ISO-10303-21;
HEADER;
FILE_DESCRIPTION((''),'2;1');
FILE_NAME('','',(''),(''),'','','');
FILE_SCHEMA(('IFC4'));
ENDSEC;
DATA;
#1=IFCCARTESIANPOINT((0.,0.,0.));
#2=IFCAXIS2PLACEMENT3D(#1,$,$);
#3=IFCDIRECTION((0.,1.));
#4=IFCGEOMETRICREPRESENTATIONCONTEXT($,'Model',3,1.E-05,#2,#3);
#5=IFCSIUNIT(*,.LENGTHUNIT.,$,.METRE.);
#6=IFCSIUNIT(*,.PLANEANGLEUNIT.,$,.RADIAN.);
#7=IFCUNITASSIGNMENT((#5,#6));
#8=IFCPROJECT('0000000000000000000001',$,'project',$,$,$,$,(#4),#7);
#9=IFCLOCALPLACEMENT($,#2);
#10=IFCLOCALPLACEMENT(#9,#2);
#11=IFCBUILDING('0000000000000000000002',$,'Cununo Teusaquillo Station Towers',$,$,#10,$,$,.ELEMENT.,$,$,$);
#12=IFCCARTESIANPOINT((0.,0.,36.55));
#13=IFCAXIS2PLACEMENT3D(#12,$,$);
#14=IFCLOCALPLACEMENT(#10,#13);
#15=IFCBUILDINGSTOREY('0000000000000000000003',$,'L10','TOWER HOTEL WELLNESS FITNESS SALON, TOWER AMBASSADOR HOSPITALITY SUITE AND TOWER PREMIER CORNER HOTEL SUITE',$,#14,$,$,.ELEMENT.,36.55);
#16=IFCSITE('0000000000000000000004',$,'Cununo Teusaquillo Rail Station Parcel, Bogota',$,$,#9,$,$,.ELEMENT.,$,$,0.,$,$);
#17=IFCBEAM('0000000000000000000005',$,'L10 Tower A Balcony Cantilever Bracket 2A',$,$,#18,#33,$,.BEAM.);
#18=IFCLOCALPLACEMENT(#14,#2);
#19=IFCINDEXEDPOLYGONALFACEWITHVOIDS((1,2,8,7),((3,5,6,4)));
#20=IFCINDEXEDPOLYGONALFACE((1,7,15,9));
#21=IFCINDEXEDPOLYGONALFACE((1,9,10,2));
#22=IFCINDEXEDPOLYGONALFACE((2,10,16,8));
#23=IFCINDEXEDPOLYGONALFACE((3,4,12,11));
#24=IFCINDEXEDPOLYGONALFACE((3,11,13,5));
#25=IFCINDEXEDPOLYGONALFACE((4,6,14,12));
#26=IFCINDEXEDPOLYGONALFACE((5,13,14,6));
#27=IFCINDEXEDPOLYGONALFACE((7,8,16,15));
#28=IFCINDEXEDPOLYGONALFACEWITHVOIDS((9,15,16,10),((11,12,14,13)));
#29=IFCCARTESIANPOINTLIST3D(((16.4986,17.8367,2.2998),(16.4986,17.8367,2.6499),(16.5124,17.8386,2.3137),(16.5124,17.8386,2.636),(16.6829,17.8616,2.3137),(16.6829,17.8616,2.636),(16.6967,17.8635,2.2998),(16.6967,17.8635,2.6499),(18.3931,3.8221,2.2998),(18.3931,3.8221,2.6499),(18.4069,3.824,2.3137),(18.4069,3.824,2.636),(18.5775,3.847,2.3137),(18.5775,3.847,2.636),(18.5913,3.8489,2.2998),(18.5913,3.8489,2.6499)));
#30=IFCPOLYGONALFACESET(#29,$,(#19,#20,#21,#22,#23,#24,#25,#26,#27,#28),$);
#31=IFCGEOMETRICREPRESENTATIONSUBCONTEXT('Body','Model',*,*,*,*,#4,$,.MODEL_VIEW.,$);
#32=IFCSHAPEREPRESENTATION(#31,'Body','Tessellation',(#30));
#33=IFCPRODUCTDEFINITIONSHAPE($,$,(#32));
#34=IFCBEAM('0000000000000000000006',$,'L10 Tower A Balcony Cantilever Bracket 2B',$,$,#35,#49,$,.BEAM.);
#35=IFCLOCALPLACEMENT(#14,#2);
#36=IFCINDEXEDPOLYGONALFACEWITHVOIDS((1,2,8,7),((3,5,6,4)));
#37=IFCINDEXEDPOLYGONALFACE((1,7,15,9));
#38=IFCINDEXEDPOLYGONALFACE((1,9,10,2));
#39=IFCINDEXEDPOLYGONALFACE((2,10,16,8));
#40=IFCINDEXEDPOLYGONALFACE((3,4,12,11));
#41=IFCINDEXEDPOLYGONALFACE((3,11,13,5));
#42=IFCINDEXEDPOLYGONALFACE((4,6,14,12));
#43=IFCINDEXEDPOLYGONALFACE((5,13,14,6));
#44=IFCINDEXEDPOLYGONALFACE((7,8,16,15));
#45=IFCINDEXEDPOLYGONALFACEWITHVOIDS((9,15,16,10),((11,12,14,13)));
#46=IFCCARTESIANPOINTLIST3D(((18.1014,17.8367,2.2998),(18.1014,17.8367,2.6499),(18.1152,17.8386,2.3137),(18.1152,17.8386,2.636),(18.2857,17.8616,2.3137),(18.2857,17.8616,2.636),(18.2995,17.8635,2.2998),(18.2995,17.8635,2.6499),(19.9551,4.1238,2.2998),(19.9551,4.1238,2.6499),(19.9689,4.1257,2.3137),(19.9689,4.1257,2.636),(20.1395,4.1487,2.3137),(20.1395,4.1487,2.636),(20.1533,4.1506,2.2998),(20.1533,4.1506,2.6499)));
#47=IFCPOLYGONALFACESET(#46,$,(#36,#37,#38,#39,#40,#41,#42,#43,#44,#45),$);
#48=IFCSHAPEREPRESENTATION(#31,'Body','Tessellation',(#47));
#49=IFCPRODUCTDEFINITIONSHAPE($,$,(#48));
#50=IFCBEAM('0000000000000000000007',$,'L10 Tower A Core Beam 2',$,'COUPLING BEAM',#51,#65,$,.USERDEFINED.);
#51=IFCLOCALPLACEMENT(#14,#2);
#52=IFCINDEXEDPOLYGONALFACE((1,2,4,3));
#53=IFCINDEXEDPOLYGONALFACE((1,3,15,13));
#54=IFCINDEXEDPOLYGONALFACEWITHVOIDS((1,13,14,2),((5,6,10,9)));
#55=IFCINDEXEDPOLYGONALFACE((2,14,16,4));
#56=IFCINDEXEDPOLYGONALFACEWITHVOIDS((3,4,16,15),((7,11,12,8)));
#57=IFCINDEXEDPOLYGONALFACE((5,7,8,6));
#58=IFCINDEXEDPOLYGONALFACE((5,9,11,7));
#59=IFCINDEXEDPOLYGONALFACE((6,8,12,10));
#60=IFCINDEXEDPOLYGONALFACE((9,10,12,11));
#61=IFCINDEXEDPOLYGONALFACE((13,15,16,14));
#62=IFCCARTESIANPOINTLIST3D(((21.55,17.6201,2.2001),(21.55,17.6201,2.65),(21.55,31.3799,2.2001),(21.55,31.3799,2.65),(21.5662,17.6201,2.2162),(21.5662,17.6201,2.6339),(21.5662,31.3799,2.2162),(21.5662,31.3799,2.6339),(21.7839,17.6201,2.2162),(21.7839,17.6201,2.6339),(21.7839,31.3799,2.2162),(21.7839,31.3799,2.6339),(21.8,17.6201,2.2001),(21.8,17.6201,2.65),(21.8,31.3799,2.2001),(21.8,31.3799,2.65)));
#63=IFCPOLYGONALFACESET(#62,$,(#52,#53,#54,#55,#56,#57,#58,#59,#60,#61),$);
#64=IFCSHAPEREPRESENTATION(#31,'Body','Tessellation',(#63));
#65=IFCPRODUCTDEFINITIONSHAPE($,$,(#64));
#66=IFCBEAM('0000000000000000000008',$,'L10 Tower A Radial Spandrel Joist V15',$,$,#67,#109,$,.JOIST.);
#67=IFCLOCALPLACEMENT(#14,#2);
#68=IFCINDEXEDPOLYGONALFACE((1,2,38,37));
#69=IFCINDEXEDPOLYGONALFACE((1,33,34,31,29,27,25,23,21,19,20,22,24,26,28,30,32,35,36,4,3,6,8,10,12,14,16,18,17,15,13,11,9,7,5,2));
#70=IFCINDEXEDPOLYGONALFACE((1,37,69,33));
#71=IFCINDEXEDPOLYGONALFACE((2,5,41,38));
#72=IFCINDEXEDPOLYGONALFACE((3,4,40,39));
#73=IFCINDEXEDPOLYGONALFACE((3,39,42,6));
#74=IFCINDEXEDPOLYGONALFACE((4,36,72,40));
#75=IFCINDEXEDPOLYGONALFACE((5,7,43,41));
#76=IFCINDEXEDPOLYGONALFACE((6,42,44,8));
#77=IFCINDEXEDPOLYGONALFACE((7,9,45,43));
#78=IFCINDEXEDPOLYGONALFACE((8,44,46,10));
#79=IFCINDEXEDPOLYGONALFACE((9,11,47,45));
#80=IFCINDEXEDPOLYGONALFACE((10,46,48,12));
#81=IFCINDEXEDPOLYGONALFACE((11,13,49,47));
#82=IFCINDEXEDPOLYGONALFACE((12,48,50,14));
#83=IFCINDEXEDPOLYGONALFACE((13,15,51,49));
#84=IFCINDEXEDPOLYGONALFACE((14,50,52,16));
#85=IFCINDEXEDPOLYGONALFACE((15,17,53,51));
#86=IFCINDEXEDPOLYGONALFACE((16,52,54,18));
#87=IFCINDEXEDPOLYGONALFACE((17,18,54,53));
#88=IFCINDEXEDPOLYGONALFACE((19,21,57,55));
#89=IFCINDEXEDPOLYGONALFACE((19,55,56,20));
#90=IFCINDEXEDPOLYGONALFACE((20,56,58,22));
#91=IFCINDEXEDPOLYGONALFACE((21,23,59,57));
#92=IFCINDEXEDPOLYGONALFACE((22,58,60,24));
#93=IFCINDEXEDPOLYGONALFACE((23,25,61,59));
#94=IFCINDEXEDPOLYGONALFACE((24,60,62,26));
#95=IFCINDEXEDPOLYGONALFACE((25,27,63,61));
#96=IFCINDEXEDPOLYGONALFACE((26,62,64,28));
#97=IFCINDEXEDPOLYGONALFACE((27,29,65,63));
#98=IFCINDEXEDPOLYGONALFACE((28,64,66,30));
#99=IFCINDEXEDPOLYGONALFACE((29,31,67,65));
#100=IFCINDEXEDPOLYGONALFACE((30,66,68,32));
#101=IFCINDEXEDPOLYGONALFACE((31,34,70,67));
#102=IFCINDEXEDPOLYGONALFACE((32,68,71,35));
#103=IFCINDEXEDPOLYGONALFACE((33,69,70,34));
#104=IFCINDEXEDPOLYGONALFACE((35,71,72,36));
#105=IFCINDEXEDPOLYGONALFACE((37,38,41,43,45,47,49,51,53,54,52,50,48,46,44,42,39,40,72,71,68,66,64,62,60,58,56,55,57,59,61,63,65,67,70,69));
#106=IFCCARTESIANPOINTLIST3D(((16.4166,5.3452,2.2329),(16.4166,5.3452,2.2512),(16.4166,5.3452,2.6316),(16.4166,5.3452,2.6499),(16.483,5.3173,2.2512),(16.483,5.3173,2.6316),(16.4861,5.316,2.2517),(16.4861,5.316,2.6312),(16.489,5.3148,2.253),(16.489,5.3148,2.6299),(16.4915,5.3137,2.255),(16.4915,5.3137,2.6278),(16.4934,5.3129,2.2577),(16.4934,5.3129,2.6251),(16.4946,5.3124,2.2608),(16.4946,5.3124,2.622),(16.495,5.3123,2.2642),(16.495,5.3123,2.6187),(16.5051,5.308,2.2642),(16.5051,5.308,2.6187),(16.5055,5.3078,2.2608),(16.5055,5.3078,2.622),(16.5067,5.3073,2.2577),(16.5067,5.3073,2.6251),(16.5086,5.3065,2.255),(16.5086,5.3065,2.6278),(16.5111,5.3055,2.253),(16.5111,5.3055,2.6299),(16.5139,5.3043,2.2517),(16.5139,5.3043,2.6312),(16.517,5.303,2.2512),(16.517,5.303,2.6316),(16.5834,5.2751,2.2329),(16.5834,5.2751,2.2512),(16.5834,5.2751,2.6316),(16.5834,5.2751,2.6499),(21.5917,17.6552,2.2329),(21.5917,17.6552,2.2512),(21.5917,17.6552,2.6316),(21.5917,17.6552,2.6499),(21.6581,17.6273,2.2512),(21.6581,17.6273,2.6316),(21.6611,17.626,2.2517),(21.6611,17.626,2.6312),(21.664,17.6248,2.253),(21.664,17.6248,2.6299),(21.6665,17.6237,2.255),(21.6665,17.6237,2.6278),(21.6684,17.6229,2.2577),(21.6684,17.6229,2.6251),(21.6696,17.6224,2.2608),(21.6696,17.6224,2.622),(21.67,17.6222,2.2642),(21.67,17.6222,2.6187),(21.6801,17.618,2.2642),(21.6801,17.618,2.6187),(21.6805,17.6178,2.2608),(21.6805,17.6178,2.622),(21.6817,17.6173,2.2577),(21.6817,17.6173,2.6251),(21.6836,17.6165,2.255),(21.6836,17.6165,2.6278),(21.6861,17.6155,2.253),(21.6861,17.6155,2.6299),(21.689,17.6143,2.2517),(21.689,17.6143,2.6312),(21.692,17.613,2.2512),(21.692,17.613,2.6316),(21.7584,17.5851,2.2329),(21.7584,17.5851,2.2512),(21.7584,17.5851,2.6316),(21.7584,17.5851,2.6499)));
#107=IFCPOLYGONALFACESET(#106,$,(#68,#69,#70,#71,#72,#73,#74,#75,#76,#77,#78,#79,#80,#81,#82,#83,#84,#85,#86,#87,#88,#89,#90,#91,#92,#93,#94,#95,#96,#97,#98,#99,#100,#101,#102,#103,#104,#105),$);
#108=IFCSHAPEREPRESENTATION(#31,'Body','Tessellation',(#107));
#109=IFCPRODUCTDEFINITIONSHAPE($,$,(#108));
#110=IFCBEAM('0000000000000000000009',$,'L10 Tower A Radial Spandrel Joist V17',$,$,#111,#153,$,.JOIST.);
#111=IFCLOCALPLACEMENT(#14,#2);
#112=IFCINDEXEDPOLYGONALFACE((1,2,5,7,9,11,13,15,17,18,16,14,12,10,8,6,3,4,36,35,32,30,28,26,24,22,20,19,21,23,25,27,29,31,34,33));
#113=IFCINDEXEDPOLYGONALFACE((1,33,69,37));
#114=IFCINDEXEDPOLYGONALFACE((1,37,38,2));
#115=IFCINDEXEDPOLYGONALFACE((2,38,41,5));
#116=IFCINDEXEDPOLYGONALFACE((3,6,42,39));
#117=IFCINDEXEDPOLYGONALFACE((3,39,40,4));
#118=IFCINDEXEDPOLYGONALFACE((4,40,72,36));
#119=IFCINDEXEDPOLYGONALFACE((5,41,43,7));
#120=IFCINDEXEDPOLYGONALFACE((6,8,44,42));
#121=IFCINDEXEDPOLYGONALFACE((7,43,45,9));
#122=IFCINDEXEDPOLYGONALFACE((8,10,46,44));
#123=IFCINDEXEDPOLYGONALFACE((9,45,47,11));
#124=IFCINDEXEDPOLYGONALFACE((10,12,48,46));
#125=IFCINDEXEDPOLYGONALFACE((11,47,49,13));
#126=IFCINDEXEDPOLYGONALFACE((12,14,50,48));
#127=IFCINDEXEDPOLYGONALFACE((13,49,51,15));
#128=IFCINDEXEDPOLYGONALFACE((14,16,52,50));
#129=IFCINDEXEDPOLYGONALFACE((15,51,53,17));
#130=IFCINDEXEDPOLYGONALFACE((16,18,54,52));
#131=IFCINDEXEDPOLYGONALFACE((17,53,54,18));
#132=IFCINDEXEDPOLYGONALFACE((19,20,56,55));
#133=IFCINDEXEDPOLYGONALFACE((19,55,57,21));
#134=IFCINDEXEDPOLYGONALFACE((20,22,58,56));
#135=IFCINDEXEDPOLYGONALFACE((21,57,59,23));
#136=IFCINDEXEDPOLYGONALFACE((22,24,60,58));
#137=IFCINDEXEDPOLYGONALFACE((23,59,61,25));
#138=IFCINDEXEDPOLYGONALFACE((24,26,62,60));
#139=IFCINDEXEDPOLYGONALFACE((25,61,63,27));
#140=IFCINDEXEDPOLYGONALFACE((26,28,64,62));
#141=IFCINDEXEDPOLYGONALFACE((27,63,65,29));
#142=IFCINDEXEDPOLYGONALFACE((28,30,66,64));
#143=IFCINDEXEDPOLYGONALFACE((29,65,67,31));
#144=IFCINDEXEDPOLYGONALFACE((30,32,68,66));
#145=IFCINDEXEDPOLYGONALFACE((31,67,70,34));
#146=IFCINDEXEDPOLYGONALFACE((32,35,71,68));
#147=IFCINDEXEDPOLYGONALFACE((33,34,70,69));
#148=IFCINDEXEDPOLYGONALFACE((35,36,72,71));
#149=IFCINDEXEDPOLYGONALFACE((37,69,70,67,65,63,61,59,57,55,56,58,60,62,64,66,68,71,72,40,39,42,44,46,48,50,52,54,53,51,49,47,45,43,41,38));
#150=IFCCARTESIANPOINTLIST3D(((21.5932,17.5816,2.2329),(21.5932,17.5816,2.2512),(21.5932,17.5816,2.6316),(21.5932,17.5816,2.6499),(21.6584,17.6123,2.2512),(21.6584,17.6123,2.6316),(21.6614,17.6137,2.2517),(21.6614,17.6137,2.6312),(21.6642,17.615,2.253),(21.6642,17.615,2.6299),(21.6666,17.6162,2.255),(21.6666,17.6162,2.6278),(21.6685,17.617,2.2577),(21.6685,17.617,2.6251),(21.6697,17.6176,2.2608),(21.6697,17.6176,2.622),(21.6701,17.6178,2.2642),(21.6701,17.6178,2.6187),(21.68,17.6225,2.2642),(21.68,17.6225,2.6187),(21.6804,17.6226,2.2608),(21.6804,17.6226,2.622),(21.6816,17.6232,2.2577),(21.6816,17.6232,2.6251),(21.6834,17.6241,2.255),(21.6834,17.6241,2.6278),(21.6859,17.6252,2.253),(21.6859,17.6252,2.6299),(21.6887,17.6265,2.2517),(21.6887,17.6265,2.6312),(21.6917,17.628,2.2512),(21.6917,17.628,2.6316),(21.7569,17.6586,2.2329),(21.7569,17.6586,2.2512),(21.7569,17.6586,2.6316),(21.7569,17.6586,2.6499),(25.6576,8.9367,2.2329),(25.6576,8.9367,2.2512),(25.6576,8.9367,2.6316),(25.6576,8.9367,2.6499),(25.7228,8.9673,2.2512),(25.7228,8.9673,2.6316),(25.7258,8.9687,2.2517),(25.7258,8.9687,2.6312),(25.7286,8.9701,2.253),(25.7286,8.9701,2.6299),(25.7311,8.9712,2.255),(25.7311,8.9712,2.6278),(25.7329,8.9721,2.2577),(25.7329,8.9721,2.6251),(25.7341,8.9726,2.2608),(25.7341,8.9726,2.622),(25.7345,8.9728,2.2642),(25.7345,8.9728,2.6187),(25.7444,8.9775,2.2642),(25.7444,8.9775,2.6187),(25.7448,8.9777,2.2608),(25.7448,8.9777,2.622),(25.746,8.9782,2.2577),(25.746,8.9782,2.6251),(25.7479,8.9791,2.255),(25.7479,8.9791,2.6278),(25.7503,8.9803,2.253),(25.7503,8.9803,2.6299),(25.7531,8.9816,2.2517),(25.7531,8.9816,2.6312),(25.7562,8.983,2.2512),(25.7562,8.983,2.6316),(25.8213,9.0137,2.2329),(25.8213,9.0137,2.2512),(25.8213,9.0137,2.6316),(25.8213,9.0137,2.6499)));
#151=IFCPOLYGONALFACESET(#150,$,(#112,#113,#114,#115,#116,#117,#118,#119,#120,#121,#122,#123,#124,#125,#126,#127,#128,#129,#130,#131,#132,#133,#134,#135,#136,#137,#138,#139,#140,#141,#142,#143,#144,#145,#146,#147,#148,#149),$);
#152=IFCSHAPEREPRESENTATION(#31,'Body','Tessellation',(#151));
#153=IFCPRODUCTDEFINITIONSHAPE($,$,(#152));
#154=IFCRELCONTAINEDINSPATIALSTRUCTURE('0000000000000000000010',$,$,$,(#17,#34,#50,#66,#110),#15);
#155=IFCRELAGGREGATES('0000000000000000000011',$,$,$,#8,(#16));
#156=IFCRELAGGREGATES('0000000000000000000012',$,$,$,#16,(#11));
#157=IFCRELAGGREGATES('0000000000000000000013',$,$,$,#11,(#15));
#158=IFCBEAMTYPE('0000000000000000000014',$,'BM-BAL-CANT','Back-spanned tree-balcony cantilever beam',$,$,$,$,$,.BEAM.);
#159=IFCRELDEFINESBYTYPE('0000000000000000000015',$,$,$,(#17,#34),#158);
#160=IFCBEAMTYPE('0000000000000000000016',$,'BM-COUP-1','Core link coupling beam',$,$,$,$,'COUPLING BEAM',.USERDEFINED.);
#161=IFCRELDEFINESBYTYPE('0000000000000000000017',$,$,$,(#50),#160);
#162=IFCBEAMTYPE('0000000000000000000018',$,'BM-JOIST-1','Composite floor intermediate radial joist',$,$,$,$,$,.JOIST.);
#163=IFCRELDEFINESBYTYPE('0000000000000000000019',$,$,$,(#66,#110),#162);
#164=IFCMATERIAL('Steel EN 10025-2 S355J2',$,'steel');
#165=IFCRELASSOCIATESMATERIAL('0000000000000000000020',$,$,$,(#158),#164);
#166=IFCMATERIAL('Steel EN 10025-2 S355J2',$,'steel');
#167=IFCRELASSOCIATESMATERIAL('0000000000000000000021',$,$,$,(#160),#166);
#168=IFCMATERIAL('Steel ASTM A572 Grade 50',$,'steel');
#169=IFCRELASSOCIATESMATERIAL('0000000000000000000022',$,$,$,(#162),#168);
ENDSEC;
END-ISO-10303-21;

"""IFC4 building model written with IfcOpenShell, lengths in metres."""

from ifc_helpers import new_model, si_unit, direction, frame, origin, origin_2d, place, context, subcontext, project, spatial, hollow_rectangle, i_section, extrude, material, material_profile, profile_set, type_object, element, save


model = new_model("IFC4")

# Units and contexts
model_context = context("Model", 3, precision=1e-05, world=origin(), true_north=direction((0.0, 1.0)))
body_context = subcontext(model_context, "Body", "Model", "MODEL_VIEW")
ifc_project = project(units=[si_unit("LENGTHUNIT", "METRE"), si_unit("PLANEANGLEUNIT", "RADIAN")], contexts=[model_context])

# Site, building, storey
site_placement = place(None, origin())
site = spatial("IfcSite", under=ifc_project, at=site_placement, Name="Cununo Teusaquillo Rail Station Parcel, Bogota", CompositionType="ELEMENT", RefElevation=0.0)
building_placement = place(site_placement, origin())
building = spatial("IfcBuilding", under=site, at=building_placement, Name="Cununo Teusaquillo Station Towers", CompositionType="ELEMENT")
storey_placement = place(building_placement, frame((0.0, 0.0, 36.55)))
storey = spatial("IfcBuildingStorey", under=building, at=storey_placement, Name="L10", Description="TOWER HOTEL WELLNESS FITNESS SALON, TOWER AMBASSADOR HOSPITALITY SUITE AND TOWER PREMIER CORNER HOTEL SUITE", CompositionType="ELEMENT", Elevation=36.55)

# Beams
ifc_material_1 = material(Name="Steel EN 10025-2 S355J2", Category="steel")
ifc_material_profile_1 = material_profile(ifc_material_1, hollow_rectangle(XDim=0.2, YDim=0.3501, WallThickness=0.0139, at=origin_2d()), Name="RHS 350x200x14")
ifc_profile_set_1 = profile_set([ifc_material_profile_1], Name="Steel EN 10025-2 S355J2")
beam_type_1 = type_object("IfcBeamType", Name="BM-BAL-CANT", Description="Back-spanned tree-balcony cantilever beam", PredefinedType="BEAM", material=ifc_profile_set_1)
beam_1_placement = place(storey_placement, frame((16.5977, 17.8501, 2.4749), z_axis=(0.133964, -0.990986, 0.0), x_axis=(0.990986, 0.133964, 0.0)))
element("IfcBeam", 1, at=beam_1_placement, inside=storey, type_object=beam_type_1, Name="L10 Tower A Balcony Cantilever Bracket 2A", PredefinedType="BEAM", context=body_context, shape_type="SweptSolid", body=[
    extrude(hollow_rectangle(XDim=0.2, YDim=0.3501, WallThickness=0.0139, at=origin_2d()), origin(), (0.0, 0.0, 1.0), 14.1421),
])
beam_2_placement = place(storey_placement, frame((18.2004, 17.8501, 2.4749), z_axis=(0.133965, -0.990986, 0.0), x_axis=(0.990986, 0.133965, 0.0)))
element("IfcBeam", 2, at=beam_2_placement, inside=storey, type_object=beam_type_1, Name="L10 Tower A Balcony Cantilever Bracket 2B", PredefinedType="BEAM", context=body_context, shape_type="SweptSolid", body=[
    extrude(hollow_rectangle(XDim=0.2, YDim=0.3501, WallThickness=0.0139, at=origin_2d()), origin(), (0.0, 0.0, 1.0), 13.8376),
])
ifc_material_2 = material(Name="Steel EN 10025-2 S355J2", Category="steel")
ifc_material_profile_2 = material_profile(ifc_material_2, hollow_rectangle(XDim=0.25, YDim=0.45, WallThickness=0.0161, at=origin_2d()), Name="RHS 450x250x16")
ifc_profile_set_2 = profile_set([ifc_material_profile_2], Name="Steel EN 10025-2 S355J2")
beam_type_2 = type_object("IfcBeamType", Name="BM-COUP-1", Description="Core link coupling beam", ElementType="COUPLING BEAM", PredefinedType="USERDEFINED", material=ifc_profile_set_2)
beam_3_placement = place(storey_placement, frame((21.675, 17.6201, 2.425), z_axis=(0.0, 1.0, 0.0), x_axis=(-1.0, 0.0, 0.0)))
element("IfcBeam", 3, at=beam_3_placement, inside=storey, type_object=beam_type_2, Name="L10 Tower A Core Beam 2", ObjectType="COUPLING BEAM", PredefinedType="USERDEFINED", context=body_context, shape_type="SweptSolid", body=[
    extrude(hollow_rectangle(XDim=0.25, YDim=0.45, WallThickness=0.0161, at=origin_2d()), origin(), (0.0, 0.0, 1.0), 13.7598),
])
ifc_material_3 = material(Name="Steel ASTM A572 Grade 50", Category="steel")
ifc_material_profile_3 = material_profile(ifc_material_3, i_section(OverallWidth=0.1809, OverallDepth=0.417, WebThickness=0.011, FlangeThickness=0.0183, FilletRadius=0.0129, at=origin_2d()), Name="W16X57")
ifc_profile_set_3 = profile_set([ifc_material_profile_3], Name="Steel ASTM A572 Grade 50")
beam_type_3 = type_object("IfcBeamType", Name="BM-JOIST-1", Description="Composite floor intermediate radial joist", PredefinedType="JOIST", material=ifc_profile_set_3)
beam_4_placement = place(storey_placement, frame((21.675, 17.6201, 2.4414), z_axis=(-0.38754, -0.921853, 0.0), x_axis=(0.921853, -0.38754, 0.0)))
element("IfcBeam", 4, at=beam_4_placement, inside=storey, type_object=beam_type_3, Name="L10 Tower A Radial Spandrel Joist V15", PredefinedType="JOIST", context=body_context, shape_type="SweptSolid", body=[
    extrude(i_section(OverallWidth=0.1809, OverallDepth=0.417, WebThickness=0.011, FlangeThickness=0.0183, FilletRadius=0.0129, at=origin_2d()), origin(), (0.0, 0.0, 1.0), 13.3535),
])
beam_5_placement = place(storey_placement, frame((21.675, 17.6201, 2.4414), z_axis=(0.425472, -0.904972, 0.0), x_axis=(0.904972, 0.425472, 0.0)))
element("IfcBeam", 5, at=beam_5_placement, inside=storey, type_object=beam_type_3, Name="L10 Tower A Radial Spandrel Joist V17", PredefinedType="JOIST", context=body_context, shape_type="SweptSolid", body=[
    extrude(i_section(OverallWidth=0.1809, OverallDepth=0.417, WebThickness=0.011, FlangeThickness=0.0183, FilletRadius=0.0129, at=origin_2d()), origin(), (0.0, 0.0, 1.0), 9.5527),
])

save(model, "model.ifc")
